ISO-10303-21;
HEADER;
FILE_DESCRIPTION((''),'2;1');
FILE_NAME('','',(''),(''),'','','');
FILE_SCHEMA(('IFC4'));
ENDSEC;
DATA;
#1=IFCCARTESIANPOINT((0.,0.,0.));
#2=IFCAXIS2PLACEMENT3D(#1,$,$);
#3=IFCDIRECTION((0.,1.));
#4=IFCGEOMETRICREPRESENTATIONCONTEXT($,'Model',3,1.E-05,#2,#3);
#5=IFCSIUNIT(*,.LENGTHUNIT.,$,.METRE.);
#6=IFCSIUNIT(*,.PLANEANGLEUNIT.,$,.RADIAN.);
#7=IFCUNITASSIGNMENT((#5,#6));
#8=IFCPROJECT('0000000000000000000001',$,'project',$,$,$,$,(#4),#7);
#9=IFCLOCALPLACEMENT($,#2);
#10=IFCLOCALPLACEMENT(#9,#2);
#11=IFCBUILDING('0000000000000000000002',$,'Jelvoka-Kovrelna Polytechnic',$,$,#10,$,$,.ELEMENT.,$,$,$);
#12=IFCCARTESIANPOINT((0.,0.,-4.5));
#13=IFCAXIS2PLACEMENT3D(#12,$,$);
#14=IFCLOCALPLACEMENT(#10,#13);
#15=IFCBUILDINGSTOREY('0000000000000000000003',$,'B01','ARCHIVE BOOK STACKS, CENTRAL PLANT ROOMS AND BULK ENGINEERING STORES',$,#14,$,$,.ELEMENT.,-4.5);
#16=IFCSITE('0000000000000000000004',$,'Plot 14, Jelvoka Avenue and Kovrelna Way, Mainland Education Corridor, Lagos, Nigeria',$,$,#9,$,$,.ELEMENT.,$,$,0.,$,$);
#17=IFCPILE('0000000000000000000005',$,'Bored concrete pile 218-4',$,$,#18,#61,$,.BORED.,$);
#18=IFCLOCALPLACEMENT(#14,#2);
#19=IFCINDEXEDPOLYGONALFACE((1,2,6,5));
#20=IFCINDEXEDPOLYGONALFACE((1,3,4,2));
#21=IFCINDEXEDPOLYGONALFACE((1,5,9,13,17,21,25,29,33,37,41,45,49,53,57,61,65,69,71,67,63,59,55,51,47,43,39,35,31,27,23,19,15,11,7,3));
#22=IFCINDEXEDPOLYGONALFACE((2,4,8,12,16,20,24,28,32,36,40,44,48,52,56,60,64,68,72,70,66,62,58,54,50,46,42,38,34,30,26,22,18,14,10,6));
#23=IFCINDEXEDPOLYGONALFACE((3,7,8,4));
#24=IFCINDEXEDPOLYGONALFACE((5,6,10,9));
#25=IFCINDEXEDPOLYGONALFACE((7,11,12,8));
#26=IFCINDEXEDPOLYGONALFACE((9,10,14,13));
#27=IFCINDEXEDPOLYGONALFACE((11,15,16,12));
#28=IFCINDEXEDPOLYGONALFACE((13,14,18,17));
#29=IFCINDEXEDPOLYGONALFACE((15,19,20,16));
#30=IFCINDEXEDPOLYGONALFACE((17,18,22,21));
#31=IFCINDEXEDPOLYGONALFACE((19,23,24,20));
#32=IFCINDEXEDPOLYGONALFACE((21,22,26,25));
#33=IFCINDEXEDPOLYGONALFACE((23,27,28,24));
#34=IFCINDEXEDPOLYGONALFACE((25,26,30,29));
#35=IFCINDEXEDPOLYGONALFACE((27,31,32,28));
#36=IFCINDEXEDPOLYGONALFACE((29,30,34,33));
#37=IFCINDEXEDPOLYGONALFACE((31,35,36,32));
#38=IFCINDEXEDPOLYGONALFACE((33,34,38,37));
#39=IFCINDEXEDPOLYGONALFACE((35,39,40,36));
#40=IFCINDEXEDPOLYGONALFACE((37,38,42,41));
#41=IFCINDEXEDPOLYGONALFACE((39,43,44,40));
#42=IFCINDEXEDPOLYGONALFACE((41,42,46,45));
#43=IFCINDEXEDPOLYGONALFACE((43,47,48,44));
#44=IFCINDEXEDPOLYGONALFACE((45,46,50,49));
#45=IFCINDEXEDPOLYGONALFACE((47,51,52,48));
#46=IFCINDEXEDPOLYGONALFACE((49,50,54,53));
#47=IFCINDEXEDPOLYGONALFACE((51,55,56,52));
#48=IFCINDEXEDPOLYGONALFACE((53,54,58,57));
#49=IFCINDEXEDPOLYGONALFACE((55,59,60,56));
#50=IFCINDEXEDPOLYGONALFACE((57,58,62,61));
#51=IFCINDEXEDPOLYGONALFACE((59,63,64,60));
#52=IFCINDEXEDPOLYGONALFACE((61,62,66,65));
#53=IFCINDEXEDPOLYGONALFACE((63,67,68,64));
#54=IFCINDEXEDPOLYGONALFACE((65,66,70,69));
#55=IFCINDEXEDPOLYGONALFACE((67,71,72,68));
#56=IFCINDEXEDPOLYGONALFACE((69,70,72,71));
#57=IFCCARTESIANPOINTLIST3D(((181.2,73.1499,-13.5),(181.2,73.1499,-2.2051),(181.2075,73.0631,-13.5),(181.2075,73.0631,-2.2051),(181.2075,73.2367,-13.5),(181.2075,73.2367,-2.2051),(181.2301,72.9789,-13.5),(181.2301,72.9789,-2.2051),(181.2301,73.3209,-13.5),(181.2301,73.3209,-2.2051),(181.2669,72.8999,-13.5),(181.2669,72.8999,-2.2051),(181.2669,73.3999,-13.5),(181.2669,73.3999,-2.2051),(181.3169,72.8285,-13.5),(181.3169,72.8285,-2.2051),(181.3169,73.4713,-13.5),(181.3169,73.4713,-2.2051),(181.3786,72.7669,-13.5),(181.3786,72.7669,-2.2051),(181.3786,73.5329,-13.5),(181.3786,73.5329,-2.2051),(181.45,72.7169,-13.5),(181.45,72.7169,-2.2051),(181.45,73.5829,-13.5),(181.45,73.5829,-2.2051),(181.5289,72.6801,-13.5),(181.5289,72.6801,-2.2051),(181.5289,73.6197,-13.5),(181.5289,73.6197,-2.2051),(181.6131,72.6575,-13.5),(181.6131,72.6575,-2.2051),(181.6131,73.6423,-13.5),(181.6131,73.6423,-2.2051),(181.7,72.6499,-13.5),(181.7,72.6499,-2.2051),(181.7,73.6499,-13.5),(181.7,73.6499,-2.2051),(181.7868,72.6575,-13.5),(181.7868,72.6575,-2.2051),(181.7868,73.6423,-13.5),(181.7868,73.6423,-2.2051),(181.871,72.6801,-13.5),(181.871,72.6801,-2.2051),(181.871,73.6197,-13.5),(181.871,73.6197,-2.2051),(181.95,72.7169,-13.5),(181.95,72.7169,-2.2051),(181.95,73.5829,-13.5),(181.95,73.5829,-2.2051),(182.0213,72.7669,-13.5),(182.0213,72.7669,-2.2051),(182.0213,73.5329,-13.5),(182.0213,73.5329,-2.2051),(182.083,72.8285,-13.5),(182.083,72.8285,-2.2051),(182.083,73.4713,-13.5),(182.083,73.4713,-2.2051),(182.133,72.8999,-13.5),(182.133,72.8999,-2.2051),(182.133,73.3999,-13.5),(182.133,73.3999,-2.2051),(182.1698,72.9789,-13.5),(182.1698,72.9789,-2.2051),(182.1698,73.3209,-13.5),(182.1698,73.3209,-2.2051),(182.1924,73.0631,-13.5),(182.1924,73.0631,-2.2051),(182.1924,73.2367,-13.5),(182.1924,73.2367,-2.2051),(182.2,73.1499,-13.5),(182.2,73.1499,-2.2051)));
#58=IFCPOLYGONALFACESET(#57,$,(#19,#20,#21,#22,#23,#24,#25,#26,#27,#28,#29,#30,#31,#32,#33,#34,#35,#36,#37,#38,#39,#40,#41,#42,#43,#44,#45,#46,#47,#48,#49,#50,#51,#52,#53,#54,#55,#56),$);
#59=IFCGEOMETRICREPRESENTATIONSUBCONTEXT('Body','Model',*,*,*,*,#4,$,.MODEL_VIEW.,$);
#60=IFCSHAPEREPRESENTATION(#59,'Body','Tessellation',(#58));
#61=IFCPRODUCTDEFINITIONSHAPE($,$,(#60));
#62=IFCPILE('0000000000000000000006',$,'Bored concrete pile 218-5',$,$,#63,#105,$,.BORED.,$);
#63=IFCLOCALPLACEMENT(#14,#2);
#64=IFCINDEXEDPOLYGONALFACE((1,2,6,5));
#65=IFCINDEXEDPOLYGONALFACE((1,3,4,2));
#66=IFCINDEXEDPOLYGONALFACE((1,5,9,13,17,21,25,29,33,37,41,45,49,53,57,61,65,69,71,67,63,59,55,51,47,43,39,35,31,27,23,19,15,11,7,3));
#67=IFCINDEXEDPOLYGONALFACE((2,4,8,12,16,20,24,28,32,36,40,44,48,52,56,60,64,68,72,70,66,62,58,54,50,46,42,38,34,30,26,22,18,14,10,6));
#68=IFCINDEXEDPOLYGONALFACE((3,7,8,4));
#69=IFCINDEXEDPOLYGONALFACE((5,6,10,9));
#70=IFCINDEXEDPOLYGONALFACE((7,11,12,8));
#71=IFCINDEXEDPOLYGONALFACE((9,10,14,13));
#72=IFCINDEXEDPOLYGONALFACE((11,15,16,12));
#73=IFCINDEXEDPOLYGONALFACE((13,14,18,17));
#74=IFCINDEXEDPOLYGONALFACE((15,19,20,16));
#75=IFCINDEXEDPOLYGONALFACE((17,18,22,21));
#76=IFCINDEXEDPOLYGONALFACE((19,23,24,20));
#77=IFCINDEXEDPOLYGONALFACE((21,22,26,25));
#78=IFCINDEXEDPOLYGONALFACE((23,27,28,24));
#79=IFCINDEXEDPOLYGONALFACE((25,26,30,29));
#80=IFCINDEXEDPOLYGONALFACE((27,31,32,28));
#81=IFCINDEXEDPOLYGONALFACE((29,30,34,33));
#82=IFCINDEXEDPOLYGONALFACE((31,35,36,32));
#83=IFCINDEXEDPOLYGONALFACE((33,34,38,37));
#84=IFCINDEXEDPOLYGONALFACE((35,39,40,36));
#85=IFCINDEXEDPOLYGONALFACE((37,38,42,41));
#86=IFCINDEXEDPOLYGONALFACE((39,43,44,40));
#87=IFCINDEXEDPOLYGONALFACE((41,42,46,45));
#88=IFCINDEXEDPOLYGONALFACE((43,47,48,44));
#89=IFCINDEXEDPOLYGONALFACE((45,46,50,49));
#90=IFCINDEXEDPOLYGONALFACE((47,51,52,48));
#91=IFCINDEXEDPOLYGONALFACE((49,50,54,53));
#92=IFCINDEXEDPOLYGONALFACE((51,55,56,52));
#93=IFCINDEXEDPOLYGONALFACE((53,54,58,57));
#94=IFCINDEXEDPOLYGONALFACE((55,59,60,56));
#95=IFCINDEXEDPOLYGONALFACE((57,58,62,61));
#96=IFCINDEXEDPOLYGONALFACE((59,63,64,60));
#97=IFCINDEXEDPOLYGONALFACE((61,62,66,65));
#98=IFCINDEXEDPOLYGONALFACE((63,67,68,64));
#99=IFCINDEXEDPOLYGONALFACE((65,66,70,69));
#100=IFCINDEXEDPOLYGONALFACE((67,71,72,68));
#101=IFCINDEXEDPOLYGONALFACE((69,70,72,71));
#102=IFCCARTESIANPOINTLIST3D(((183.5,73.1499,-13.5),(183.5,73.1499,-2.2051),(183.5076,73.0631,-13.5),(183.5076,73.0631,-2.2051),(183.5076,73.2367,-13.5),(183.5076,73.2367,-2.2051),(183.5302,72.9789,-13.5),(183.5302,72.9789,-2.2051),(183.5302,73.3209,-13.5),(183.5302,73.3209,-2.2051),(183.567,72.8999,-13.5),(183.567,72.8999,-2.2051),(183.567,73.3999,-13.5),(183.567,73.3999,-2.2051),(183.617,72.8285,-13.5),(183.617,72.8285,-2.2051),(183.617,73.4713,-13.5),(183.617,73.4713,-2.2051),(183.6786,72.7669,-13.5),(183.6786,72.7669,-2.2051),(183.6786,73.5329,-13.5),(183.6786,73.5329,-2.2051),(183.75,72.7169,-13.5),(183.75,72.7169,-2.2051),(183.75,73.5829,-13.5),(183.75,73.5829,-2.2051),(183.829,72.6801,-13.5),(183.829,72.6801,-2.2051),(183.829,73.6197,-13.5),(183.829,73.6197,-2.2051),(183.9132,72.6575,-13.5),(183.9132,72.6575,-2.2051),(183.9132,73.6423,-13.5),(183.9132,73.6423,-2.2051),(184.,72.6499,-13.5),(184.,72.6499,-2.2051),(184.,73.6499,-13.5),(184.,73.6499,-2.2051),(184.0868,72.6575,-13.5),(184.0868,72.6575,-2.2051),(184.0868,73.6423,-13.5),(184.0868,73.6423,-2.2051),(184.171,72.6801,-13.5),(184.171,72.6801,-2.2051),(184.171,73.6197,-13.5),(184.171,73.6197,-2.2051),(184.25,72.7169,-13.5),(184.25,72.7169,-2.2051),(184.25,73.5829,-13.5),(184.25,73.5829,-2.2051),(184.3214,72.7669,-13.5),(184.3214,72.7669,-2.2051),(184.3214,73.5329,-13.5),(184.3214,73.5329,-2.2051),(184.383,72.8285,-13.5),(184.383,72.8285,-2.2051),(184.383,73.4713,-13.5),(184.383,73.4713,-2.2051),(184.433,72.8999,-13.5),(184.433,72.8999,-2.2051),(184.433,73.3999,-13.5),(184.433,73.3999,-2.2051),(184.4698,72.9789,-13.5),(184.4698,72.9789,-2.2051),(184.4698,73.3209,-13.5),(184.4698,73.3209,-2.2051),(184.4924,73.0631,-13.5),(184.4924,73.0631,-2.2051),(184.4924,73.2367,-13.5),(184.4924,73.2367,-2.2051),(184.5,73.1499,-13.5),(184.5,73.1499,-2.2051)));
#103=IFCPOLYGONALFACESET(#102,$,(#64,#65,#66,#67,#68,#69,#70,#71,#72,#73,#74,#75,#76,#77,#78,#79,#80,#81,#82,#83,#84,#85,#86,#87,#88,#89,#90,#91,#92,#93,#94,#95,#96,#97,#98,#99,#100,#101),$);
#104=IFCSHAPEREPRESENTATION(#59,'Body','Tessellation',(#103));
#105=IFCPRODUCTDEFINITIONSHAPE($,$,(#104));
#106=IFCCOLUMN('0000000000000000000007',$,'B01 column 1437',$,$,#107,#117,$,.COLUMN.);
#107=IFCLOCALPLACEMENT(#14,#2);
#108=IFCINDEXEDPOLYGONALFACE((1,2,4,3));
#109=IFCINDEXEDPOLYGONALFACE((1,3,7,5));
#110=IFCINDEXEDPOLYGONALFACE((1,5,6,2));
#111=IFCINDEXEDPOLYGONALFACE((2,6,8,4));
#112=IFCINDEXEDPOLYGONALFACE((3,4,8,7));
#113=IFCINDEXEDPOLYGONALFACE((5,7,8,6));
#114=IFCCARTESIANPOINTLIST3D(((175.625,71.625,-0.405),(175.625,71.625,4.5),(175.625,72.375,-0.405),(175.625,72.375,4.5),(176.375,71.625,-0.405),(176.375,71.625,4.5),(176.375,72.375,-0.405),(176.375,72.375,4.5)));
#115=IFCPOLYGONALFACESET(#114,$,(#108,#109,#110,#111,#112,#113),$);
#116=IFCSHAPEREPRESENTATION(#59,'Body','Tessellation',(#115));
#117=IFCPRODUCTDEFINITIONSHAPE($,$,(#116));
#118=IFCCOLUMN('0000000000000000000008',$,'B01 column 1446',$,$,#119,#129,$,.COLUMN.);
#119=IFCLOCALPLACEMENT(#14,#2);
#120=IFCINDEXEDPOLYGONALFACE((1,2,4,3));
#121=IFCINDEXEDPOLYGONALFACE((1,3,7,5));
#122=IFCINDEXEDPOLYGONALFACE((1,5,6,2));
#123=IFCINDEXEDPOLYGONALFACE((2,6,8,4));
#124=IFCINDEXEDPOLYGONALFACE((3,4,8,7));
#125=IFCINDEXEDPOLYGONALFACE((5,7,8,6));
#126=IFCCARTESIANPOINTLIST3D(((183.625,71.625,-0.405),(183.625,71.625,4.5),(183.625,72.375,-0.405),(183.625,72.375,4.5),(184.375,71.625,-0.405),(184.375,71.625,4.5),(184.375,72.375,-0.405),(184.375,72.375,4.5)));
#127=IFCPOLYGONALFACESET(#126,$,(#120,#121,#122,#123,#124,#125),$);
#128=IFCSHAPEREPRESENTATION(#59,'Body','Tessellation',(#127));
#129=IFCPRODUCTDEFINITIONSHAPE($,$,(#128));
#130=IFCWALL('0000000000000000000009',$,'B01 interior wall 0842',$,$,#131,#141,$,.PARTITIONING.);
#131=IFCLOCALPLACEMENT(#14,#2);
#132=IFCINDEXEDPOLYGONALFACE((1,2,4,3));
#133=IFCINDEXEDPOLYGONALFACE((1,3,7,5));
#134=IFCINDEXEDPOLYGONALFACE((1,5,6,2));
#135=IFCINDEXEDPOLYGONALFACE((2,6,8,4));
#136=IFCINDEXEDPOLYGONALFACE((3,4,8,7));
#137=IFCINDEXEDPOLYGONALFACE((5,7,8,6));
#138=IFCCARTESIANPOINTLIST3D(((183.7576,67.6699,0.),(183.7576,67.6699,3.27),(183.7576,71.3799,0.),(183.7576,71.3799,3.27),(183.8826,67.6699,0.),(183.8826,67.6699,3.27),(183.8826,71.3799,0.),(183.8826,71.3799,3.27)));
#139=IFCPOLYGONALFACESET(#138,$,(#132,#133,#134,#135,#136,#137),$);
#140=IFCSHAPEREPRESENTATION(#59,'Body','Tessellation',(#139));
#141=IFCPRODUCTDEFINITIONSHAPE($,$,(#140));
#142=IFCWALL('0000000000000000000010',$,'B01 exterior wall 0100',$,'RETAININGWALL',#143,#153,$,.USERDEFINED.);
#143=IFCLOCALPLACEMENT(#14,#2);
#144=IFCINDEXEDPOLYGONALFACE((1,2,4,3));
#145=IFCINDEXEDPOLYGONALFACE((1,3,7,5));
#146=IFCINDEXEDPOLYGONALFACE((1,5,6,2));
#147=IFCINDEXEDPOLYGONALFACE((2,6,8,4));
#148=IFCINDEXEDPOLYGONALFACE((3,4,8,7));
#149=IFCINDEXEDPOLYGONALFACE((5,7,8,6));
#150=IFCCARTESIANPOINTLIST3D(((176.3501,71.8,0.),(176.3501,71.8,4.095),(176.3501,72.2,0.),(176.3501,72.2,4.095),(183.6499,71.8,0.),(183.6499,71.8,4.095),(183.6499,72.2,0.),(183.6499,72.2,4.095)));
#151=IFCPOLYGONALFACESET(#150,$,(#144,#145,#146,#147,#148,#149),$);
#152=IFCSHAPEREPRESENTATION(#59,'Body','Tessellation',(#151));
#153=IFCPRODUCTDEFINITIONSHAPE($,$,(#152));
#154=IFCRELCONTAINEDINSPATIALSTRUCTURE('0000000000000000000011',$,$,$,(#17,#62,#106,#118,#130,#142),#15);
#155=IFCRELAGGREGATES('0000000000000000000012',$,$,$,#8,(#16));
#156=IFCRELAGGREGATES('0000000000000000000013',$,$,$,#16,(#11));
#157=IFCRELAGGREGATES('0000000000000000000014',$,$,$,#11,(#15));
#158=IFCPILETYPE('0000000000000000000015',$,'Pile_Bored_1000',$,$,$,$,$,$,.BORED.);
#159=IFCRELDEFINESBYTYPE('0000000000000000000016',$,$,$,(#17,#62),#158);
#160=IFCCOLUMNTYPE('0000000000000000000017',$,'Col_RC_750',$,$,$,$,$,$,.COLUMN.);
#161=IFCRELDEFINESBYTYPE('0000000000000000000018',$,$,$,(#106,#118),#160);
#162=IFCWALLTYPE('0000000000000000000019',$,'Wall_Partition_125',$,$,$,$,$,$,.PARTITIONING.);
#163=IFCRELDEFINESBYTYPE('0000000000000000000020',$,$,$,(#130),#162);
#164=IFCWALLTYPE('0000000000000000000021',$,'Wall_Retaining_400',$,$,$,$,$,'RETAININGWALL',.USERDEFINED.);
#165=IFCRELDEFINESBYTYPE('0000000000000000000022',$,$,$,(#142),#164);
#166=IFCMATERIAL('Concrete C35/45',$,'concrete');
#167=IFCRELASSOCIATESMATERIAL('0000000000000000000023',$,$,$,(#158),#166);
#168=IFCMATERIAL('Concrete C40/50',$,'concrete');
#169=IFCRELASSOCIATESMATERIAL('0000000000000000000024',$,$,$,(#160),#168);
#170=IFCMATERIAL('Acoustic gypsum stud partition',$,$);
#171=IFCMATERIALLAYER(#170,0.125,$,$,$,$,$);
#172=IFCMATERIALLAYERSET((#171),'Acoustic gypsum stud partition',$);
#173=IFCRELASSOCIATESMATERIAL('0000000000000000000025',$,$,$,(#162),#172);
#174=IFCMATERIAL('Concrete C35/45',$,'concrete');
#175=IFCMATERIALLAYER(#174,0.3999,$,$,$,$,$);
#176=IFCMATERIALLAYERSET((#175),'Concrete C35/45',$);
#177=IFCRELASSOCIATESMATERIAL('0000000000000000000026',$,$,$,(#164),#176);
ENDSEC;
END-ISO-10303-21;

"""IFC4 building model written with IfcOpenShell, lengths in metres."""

from ifc_helpers import new_model, si_unit, direction, frame, frame_2d, origin, origin_2d, place, context, subcontext, project, spatial, rectangle, circle, extrude, material, layer, layer_set, material_profile, profile_set, type_object, element, save


model = new_model("IFC4")

# Units and contexts
model_context = context("Model", 3, precision=1e-05, world=origin(), true_north=direction((0.0, 1.0)))
body_context = subcontext(model_context, "Body", "Model", "MODEL_VIEW")
ifc_project = project(units=[si_unit("LENGTHUNIT", "METRE"), si_unit("PLANEANGLEUNIT", "RADIAN")], contexts=[model_context])

# Site, building, storey
site_placement = place(None, origin())
site = spatial("IfcSite", under=ifc_project, at=site_placement, Name="Plot 14, Jelvoka Avenue and Kovrelna Way, Mainland Education Corridor, Lagos, Nigeria", CompositionType="ELEMENT", RefElevation=0.0)
building_placement = place(site_placement, origin())
building = spatial("IfcBuilding", under=site, at=building_placement, Name="Jelvoka-Kovrelna Polytechnic", CompositionType="ELEMENT")
storey_placement = place(building_placement, frame((0.0, 0.0, -4.5)))
storey = spatial("IfcBuildingStorey", under=building, at=storey_placement, Name="B01", Description="ARCHIVE BOOK STACKS, CENTRAL PLANT ROOMS AND BULK ENGINEERING STORES", CompositionType="ELEMENT", Elevation=-4.5)

# Piles
ifc_material_1 = material(Name="Concrete C35/45", Category="concrete")
ifc_material_profile_1 = material_profile(ifc_material_1, circle(Radius=0.5, at=origin_2d()), Name="PILE D1000")
ifc_profile_set_1 = profile_set([ifc_material_profile_1], Name="Concrete C35/45")
pile_type = type_object("IfcPileType", Name="Pile_Bored_1000", PredefinedType="BORED", material=ifc_profile_set_1)
for number, where, z_axis, x_axis, name in (
    (1, (181.7, 73.1499, -2.2051), (0.0, 0.0, -1.0), (1.0, 0.0, 0.0), "Bored concrete pile 218-4"),
    (2, (184.0, 73.1499, -2.2051), (0.0, 0.0, -1.0), (1.0, 0.0, 0.0), "Bored concrete pile 218-5"),
):
    element("IfcPile", number, at=place(storey_placement, frame(where, z_axis=z_axis, x_axis=x_axis)), inside=storey, type_object=pile_type, Name=name, PredefinedType="BORED", context=body_context, shape_type="SweptSolid", body=[
        extrude(circle(Radius=0.5, at=origin_2d()), origin(), (0.0, 0.0, 1.0), 11.2949),
    ])

# Columns
ifc_material_2 = material(Name="Concrete C40/50", Category="concrete")
ifc_material_profile_2 = material_profile(ifc_material_2, rectangle(XDim=0.75, YDim=0.75, at=origin_2d()), Name="RC 750x750")
ifc_profile_set_2 = profile_set([ifc_material_profile_2], Name="Concrete C40/50")
column_type = type_object("IfcColumnType", Name="Col_RC_750", PredefinedType="COLUMN", material=ifc_profile_set_2)
for number, where, z_axis, x_axis, name in (
    (3, (176.0, 72.0, -0.405), (0.0, 0.0, 1.0), (1.0, 0.0, 0.0), "B01 column 1437"),
    (4, (184.0, 72.0, -0.405), (0.0, 0.0, 1.0), (1.0, 0.0, 0.0), "B01 column 1446"),
):
    element("IfcColumn", number, at=place(storey_placement, frame(where, z_axis=z_axis, x_axis=x_axis)), inside=storey, type_object=column_type, Name=name, PredefinedType="COLUMN", context=body_context, shape_type="SweptSolid", body=[
        extrude(rectangle(XDim=0.75, YDim=0.75, at=origin_2d()), origin(), (0.0, 0.0, 1.0), 4.905),
    ])

# Walls
ifc_material_3 = material(Name="Acoustic gypsum stud partition")
ifc_layer_1 = layer(ifc_material_3, 0.125)
ifc_layer_set_1 = layer_set([ifc_layer_1], Name="Acoustic gypsum stud partition")
wall_type_1 = type_object("IfcWallType", Name="Wall_Partition_125", PredefinedType="PARTITIONING", material=ifc_layer_set_1)
wall_1_placement = place(storey_placement, frame((183.8201, 67.6699, 0.0), z_axis=(0.0, 0.0, 1.0), x_axis=(0.0, 1.0, 0.0)))
element("IfcWall", 5, at=wall_1_placement, inside=storey, type_object=wall_type_1, Name="B01 interior wall 0842", PredefinedType="PARTITIONING", context=body_context, shape_type="SweptSolid", body=[
    extrude(rectangle(XDim=3.71, YDim=0.125, at=frame_2d((1.855, 0.0))), origin(), (0.0, 0.0, 1.0), 3.27),
])
ifc_material_4 = material(Name="Concrete C35/45", Category="concrete")
ifc_layer_2 = layer(ifc_material_4, 0.3999)
ifc_layer_set_2 = layer_set([ifc_layer_2], Name="Concrete C35/45")
wall_type_2 = type_object("IfcWallType", Name="Wall_Retaining_400", ElementType="RETAININGWALL", PredefinedType="USERDEFINED", material=ifc_layer_set_2)
wall_2_placement = place(storey_placement, frame((176.3501, 72.0, 0.0), z_axis=(0.0, 0.0, 1.0), x_axis=(1.0, 0.0, 0.0)))
element("IfcWall", 6, at=wall_2_placement, inside=storey, type_object=wall_type_2, Name="B01 exterior wall 0100", ObjectType="RETAININGWALL", PredefinedType="USERDEFINED", context=body_context, shape_type="SweptSolid", body=[
    extrude(rectangle(XDim=7.2998, YDim=0.3999, at=frame_2d((3.6499, 0.0))), origin(), (0.0, 0.0, 1.0), 4.095),
])

save(model, "model.ifc")
